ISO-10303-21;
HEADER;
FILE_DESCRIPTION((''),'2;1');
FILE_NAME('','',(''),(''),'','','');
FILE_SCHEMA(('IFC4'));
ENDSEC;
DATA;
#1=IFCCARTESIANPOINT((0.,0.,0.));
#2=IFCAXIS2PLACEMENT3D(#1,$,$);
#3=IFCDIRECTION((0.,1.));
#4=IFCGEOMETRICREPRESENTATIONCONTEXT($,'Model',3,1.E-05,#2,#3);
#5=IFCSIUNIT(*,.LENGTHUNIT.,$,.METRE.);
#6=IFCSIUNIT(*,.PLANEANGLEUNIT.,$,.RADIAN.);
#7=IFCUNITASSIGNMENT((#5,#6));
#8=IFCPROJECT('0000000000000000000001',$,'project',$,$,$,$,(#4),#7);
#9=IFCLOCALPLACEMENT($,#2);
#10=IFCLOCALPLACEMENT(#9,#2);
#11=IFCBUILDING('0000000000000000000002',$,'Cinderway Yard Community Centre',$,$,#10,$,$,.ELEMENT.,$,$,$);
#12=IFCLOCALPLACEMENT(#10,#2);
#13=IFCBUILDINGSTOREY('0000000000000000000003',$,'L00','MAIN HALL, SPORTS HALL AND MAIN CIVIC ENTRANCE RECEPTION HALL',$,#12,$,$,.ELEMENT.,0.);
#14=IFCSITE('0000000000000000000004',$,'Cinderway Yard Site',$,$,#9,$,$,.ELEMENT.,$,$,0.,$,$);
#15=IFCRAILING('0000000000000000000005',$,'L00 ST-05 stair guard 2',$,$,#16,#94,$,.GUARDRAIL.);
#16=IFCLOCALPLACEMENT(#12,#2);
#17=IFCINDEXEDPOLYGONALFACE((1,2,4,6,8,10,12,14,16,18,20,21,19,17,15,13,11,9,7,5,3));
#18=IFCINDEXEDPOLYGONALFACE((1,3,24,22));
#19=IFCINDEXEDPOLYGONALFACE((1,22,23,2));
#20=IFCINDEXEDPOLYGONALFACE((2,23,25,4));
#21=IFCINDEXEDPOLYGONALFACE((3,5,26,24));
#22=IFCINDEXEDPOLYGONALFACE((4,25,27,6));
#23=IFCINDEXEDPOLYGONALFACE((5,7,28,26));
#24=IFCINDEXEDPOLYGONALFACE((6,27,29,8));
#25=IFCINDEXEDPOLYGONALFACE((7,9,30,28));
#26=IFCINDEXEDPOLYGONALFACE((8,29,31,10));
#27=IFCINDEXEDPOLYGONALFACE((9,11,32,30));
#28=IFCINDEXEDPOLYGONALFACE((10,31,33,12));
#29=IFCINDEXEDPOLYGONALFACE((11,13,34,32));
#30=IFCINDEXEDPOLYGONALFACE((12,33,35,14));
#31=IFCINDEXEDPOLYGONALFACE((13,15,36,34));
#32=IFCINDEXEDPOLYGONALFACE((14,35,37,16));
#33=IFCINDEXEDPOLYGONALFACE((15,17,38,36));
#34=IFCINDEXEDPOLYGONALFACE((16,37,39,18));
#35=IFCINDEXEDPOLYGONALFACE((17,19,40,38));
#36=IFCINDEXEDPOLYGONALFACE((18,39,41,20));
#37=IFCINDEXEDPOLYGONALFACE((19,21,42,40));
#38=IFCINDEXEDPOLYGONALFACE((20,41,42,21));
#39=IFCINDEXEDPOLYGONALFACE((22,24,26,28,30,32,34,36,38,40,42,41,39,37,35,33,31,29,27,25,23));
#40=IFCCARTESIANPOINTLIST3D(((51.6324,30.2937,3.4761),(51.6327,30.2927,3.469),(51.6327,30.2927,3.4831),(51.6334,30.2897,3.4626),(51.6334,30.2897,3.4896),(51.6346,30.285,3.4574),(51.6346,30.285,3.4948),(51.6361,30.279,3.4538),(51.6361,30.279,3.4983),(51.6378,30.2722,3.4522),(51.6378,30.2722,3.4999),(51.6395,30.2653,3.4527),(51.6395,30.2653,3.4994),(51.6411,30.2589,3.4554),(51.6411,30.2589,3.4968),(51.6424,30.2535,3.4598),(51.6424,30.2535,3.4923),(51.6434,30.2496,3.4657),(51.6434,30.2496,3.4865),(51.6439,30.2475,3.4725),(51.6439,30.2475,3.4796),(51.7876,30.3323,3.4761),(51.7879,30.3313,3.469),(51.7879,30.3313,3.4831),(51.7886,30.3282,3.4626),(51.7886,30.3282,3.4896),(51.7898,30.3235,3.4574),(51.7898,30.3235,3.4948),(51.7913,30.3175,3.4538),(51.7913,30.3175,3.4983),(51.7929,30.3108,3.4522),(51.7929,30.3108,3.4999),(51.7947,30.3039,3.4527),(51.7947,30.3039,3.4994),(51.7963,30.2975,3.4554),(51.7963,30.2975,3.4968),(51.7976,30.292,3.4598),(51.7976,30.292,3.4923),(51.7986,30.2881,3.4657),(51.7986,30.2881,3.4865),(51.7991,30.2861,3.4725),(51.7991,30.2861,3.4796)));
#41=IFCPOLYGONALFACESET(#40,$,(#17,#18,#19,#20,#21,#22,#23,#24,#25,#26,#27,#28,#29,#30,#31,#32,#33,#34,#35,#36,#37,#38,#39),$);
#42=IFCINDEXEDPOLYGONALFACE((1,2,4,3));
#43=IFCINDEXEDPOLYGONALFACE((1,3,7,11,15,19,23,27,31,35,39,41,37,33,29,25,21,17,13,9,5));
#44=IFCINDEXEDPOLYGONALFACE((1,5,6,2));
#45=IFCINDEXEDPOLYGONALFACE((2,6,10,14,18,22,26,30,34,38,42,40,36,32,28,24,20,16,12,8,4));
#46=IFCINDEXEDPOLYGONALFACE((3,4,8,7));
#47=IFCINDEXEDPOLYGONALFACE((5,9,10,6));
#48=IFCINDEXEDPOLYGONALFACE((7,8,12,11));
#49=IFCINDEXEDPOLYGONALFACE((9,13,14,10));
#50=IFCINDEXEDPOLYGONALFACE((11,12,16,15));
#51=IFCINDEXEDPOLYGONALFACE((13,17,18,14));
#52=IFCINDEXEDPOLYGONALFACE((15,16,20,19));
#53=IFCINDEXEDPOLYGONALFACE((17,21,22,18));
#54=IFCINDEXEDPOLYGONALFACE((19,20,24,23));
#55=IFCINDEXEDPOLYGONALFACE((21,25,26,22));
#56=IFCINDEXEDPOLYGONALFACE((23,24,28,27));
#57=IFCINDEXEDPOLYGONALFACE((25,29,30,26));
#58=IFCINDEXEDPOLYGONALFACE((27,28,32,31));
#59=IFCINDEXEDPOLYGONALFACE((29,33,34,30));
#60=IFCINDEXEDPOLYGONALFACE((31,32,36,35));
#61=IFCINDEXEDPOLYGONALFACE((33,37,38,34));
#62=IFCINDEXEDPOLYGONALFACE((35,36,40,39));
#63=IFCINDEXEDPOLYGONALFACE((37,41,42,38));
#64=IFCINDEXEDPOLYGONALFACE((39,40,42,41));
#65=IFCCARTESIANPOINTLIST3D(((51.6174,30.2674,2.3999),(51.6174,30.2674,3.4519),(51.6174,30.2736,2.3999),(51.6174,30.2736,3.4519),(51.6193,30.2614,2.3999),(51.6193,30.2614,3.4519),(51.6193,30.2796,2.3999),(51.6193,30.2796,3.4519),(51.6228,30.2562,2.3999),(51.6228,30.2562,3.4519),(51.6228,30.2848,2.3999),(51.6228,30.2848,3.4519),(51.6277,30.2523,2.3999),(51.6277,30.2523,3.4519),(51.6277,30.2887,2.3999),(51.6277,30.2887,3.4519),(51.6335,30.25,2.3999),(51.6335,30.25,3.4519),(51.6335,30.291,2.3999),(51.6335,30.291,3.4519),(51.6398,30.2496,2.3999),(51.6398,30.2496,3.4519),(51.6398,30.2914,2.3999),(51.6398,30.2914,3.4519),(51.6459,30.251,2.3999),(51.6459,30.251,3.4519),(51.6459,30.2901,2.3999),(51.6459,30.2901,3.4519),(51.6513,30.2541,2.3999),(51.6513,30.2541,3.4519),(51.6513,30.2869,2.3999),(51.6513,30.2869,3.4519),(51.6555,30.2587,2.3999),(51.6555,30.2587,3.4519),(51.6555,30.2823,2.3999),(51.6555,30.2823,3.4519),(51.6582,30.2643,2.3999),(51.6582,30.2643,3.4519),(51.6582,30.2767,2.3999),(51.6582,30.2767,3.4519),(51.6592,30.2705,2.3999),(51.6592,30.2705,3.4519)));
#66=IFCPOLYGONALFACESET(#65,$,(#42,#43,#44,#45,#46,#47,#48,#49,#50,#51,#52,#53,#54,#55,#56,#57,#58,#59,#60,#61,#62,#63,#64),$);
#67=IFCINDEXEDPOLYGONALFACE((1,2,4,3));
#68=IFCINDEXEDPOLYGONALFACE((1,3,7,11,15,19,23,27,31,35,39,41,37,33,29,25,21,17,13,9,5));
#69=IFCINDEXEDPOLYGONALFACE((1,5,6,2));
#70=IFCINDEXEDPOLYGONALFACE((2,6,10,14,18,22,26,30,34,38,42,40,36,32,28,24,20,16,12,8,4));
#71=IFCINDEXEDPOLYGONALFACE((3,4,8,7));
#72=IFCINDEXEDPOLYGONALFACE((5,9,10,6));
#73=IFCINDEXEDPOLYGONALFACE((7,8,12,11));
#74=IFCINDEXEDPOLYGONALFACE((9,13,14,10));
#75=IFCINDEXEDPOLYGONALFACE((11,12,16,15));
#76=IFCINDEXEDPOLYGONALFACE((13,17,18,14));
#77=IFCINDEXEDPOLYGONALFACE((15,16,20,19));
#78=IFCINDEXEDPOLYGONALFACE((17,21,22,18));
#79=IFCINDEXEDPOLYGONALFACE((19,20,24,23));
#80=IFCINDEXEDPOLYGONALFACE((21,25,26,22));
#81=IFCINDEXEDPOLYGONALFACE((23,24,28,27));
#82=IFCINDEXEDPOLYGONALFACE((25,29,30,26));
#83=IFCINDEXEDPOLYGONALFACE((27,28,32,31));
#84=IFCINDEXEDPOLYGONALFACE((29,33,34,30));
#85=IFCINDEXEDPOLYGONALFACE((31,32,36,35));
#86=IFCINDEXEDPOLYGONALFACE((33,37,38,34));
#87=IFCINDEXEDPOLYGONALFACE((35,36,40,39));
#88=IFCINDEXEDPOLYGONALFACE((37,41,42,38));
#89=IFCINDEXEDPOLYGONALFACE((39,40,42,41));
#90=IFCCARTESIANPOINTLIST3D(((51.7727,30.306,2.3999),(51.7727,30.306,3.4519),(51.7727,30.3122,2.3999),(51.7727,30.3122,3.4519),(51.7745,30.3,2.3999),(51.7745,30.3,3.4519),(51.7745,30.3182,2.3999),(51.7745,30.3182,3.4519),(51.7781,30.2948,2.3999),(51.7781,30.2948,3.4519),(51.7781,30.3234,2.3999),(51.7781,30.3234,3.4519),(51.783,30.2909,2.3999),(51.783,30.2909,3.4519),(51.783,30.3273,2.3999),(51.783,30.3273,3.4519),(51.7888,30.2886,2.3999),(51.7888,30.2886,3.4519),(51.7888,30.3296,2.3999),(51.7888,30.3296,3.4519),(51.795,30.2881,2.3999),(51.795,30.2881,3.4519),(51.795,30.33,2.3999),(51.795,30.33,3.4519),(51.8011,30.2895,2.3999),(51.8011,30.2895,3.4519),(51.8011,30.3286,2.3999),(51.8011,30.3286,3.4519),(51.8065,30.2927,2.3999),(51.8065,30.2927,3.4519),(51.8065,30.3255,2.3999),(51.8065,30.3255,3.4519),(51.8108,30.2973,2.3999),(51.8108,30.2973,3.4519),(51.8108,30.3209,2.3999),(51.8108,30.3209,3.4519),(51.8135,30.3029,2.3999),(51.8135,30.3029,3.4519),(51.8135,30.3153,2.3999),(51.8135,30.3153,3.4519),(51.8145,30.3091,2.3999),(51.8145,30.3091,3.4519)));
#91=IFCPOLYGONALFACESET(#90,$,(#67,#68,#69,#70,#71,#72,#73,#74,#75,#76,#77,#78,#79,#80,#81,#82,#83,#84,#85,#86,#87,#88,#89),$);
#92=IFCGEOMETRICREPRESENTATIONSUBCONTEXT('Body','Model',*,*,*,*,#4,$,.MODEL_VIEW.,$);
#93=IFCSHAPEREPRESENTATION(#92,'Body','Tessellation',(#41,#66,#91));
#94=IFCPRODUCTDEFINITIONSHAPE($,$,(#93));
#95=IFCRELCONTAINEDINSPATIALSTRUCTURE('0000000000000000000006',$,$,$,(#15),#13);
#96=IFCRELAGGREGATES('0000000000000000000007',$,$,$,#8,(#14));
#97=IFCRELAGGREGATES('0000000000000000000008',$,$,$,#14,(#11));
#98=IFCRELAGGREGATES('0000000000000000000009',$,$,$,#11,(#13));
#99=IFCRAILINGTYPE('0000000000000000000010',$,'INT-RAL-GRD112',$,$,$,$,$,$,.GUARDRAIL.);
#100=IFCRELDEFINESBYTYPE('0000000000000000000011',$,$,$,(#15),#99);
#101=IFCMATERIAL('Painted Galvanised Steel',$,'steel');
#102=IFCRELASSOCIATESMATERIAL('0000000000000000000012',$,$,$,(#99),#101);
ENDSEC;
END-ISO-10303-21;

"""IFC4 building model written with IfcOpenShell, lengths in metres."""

from ifc_helpers import new_model, si_unit, direction, frame, origin, origin_2d, place, context, subcontext, project, spatial, circle, extrude, material, type_object, element, save


model = new_model("IFC4")

# Units and contexts
model_context = context("Model", 3, precision=1e-05, world=origin(), true_north=direction((0.0, 1.0)))
body_context = subcontext(model_context, "Body", "Model", "MODEL_VIEW")
ifc_project = project(units=[si_unit("LENGTHUNIT", "METRE"), si_unit("PLANEANGLEUNIT", "RADIAN")], contexts=[model_context])

# Site, building, storey
site_placement = place(None, origin())
site = spatial("IfcSite", under=ifc_project, at=site_placement, Name="Cinderway Yard Site", CompositionType="ELEMENT", RefElevation=0.0)
building_placement = place(site_placement, origin())
building = spatial("IfcBuilding", under=site, at=building_placement, Name="Cinderway Yard Community Centre", CompositionType="ELEMENT")
storey_placement = place(building_placement, origin())
storey = spatial("IfcBuildingStorey", under=building, at=storey_placement, Name="L00", Description="MAIN HALL, SPORTS HALL AND MAIN CIVIC ENTRANCE RECEPTION HALL", CompositionType="ELEMENT", Elevation=0.0)

# Railing
ifc_material_1 = material(Name="Painted Galvanised Steel", Category="steel")
railing_type_1 = type_object("IfcRailingType", Name="INT-RAL-GRD112", PredefinedType="GUARDRAIL", material=ifc_material_1)
railing_1_placement = place(storey_placement, frame((51.6382, 30.2705, 2.3999)))
element("IfcRailing", 1, at=railing_1_placement, inside=storey, type_object=railing_type_1, Name="L00 ST-05 stair guard 2", PredefinedType="GUARDRAIL", context=body_context, shape_type="SweptSolid", body=[
    extrude(circle(Radius=0.0239, at=origin_2d()), frame((0.0, 0.0, 1.0762), z_axis=(0.9705, 0.241099, 0.0), x_axis=(-0.241099, 0.9705, 0.0)), (0.0, 0.0, 1.0), 0.1599),
    extrude(circle(Radius=0.021, at=origin_2d()), origin(), (0.0, 0.0, 1.0), 1.052),
    extrude(circle(Radius=0.021, at=origin_2d()), frame((0.1553, 0.0386, 0.0)), (0.0, 0.0, 1.0), 1.052),
])

save(model, "model.ifc")
